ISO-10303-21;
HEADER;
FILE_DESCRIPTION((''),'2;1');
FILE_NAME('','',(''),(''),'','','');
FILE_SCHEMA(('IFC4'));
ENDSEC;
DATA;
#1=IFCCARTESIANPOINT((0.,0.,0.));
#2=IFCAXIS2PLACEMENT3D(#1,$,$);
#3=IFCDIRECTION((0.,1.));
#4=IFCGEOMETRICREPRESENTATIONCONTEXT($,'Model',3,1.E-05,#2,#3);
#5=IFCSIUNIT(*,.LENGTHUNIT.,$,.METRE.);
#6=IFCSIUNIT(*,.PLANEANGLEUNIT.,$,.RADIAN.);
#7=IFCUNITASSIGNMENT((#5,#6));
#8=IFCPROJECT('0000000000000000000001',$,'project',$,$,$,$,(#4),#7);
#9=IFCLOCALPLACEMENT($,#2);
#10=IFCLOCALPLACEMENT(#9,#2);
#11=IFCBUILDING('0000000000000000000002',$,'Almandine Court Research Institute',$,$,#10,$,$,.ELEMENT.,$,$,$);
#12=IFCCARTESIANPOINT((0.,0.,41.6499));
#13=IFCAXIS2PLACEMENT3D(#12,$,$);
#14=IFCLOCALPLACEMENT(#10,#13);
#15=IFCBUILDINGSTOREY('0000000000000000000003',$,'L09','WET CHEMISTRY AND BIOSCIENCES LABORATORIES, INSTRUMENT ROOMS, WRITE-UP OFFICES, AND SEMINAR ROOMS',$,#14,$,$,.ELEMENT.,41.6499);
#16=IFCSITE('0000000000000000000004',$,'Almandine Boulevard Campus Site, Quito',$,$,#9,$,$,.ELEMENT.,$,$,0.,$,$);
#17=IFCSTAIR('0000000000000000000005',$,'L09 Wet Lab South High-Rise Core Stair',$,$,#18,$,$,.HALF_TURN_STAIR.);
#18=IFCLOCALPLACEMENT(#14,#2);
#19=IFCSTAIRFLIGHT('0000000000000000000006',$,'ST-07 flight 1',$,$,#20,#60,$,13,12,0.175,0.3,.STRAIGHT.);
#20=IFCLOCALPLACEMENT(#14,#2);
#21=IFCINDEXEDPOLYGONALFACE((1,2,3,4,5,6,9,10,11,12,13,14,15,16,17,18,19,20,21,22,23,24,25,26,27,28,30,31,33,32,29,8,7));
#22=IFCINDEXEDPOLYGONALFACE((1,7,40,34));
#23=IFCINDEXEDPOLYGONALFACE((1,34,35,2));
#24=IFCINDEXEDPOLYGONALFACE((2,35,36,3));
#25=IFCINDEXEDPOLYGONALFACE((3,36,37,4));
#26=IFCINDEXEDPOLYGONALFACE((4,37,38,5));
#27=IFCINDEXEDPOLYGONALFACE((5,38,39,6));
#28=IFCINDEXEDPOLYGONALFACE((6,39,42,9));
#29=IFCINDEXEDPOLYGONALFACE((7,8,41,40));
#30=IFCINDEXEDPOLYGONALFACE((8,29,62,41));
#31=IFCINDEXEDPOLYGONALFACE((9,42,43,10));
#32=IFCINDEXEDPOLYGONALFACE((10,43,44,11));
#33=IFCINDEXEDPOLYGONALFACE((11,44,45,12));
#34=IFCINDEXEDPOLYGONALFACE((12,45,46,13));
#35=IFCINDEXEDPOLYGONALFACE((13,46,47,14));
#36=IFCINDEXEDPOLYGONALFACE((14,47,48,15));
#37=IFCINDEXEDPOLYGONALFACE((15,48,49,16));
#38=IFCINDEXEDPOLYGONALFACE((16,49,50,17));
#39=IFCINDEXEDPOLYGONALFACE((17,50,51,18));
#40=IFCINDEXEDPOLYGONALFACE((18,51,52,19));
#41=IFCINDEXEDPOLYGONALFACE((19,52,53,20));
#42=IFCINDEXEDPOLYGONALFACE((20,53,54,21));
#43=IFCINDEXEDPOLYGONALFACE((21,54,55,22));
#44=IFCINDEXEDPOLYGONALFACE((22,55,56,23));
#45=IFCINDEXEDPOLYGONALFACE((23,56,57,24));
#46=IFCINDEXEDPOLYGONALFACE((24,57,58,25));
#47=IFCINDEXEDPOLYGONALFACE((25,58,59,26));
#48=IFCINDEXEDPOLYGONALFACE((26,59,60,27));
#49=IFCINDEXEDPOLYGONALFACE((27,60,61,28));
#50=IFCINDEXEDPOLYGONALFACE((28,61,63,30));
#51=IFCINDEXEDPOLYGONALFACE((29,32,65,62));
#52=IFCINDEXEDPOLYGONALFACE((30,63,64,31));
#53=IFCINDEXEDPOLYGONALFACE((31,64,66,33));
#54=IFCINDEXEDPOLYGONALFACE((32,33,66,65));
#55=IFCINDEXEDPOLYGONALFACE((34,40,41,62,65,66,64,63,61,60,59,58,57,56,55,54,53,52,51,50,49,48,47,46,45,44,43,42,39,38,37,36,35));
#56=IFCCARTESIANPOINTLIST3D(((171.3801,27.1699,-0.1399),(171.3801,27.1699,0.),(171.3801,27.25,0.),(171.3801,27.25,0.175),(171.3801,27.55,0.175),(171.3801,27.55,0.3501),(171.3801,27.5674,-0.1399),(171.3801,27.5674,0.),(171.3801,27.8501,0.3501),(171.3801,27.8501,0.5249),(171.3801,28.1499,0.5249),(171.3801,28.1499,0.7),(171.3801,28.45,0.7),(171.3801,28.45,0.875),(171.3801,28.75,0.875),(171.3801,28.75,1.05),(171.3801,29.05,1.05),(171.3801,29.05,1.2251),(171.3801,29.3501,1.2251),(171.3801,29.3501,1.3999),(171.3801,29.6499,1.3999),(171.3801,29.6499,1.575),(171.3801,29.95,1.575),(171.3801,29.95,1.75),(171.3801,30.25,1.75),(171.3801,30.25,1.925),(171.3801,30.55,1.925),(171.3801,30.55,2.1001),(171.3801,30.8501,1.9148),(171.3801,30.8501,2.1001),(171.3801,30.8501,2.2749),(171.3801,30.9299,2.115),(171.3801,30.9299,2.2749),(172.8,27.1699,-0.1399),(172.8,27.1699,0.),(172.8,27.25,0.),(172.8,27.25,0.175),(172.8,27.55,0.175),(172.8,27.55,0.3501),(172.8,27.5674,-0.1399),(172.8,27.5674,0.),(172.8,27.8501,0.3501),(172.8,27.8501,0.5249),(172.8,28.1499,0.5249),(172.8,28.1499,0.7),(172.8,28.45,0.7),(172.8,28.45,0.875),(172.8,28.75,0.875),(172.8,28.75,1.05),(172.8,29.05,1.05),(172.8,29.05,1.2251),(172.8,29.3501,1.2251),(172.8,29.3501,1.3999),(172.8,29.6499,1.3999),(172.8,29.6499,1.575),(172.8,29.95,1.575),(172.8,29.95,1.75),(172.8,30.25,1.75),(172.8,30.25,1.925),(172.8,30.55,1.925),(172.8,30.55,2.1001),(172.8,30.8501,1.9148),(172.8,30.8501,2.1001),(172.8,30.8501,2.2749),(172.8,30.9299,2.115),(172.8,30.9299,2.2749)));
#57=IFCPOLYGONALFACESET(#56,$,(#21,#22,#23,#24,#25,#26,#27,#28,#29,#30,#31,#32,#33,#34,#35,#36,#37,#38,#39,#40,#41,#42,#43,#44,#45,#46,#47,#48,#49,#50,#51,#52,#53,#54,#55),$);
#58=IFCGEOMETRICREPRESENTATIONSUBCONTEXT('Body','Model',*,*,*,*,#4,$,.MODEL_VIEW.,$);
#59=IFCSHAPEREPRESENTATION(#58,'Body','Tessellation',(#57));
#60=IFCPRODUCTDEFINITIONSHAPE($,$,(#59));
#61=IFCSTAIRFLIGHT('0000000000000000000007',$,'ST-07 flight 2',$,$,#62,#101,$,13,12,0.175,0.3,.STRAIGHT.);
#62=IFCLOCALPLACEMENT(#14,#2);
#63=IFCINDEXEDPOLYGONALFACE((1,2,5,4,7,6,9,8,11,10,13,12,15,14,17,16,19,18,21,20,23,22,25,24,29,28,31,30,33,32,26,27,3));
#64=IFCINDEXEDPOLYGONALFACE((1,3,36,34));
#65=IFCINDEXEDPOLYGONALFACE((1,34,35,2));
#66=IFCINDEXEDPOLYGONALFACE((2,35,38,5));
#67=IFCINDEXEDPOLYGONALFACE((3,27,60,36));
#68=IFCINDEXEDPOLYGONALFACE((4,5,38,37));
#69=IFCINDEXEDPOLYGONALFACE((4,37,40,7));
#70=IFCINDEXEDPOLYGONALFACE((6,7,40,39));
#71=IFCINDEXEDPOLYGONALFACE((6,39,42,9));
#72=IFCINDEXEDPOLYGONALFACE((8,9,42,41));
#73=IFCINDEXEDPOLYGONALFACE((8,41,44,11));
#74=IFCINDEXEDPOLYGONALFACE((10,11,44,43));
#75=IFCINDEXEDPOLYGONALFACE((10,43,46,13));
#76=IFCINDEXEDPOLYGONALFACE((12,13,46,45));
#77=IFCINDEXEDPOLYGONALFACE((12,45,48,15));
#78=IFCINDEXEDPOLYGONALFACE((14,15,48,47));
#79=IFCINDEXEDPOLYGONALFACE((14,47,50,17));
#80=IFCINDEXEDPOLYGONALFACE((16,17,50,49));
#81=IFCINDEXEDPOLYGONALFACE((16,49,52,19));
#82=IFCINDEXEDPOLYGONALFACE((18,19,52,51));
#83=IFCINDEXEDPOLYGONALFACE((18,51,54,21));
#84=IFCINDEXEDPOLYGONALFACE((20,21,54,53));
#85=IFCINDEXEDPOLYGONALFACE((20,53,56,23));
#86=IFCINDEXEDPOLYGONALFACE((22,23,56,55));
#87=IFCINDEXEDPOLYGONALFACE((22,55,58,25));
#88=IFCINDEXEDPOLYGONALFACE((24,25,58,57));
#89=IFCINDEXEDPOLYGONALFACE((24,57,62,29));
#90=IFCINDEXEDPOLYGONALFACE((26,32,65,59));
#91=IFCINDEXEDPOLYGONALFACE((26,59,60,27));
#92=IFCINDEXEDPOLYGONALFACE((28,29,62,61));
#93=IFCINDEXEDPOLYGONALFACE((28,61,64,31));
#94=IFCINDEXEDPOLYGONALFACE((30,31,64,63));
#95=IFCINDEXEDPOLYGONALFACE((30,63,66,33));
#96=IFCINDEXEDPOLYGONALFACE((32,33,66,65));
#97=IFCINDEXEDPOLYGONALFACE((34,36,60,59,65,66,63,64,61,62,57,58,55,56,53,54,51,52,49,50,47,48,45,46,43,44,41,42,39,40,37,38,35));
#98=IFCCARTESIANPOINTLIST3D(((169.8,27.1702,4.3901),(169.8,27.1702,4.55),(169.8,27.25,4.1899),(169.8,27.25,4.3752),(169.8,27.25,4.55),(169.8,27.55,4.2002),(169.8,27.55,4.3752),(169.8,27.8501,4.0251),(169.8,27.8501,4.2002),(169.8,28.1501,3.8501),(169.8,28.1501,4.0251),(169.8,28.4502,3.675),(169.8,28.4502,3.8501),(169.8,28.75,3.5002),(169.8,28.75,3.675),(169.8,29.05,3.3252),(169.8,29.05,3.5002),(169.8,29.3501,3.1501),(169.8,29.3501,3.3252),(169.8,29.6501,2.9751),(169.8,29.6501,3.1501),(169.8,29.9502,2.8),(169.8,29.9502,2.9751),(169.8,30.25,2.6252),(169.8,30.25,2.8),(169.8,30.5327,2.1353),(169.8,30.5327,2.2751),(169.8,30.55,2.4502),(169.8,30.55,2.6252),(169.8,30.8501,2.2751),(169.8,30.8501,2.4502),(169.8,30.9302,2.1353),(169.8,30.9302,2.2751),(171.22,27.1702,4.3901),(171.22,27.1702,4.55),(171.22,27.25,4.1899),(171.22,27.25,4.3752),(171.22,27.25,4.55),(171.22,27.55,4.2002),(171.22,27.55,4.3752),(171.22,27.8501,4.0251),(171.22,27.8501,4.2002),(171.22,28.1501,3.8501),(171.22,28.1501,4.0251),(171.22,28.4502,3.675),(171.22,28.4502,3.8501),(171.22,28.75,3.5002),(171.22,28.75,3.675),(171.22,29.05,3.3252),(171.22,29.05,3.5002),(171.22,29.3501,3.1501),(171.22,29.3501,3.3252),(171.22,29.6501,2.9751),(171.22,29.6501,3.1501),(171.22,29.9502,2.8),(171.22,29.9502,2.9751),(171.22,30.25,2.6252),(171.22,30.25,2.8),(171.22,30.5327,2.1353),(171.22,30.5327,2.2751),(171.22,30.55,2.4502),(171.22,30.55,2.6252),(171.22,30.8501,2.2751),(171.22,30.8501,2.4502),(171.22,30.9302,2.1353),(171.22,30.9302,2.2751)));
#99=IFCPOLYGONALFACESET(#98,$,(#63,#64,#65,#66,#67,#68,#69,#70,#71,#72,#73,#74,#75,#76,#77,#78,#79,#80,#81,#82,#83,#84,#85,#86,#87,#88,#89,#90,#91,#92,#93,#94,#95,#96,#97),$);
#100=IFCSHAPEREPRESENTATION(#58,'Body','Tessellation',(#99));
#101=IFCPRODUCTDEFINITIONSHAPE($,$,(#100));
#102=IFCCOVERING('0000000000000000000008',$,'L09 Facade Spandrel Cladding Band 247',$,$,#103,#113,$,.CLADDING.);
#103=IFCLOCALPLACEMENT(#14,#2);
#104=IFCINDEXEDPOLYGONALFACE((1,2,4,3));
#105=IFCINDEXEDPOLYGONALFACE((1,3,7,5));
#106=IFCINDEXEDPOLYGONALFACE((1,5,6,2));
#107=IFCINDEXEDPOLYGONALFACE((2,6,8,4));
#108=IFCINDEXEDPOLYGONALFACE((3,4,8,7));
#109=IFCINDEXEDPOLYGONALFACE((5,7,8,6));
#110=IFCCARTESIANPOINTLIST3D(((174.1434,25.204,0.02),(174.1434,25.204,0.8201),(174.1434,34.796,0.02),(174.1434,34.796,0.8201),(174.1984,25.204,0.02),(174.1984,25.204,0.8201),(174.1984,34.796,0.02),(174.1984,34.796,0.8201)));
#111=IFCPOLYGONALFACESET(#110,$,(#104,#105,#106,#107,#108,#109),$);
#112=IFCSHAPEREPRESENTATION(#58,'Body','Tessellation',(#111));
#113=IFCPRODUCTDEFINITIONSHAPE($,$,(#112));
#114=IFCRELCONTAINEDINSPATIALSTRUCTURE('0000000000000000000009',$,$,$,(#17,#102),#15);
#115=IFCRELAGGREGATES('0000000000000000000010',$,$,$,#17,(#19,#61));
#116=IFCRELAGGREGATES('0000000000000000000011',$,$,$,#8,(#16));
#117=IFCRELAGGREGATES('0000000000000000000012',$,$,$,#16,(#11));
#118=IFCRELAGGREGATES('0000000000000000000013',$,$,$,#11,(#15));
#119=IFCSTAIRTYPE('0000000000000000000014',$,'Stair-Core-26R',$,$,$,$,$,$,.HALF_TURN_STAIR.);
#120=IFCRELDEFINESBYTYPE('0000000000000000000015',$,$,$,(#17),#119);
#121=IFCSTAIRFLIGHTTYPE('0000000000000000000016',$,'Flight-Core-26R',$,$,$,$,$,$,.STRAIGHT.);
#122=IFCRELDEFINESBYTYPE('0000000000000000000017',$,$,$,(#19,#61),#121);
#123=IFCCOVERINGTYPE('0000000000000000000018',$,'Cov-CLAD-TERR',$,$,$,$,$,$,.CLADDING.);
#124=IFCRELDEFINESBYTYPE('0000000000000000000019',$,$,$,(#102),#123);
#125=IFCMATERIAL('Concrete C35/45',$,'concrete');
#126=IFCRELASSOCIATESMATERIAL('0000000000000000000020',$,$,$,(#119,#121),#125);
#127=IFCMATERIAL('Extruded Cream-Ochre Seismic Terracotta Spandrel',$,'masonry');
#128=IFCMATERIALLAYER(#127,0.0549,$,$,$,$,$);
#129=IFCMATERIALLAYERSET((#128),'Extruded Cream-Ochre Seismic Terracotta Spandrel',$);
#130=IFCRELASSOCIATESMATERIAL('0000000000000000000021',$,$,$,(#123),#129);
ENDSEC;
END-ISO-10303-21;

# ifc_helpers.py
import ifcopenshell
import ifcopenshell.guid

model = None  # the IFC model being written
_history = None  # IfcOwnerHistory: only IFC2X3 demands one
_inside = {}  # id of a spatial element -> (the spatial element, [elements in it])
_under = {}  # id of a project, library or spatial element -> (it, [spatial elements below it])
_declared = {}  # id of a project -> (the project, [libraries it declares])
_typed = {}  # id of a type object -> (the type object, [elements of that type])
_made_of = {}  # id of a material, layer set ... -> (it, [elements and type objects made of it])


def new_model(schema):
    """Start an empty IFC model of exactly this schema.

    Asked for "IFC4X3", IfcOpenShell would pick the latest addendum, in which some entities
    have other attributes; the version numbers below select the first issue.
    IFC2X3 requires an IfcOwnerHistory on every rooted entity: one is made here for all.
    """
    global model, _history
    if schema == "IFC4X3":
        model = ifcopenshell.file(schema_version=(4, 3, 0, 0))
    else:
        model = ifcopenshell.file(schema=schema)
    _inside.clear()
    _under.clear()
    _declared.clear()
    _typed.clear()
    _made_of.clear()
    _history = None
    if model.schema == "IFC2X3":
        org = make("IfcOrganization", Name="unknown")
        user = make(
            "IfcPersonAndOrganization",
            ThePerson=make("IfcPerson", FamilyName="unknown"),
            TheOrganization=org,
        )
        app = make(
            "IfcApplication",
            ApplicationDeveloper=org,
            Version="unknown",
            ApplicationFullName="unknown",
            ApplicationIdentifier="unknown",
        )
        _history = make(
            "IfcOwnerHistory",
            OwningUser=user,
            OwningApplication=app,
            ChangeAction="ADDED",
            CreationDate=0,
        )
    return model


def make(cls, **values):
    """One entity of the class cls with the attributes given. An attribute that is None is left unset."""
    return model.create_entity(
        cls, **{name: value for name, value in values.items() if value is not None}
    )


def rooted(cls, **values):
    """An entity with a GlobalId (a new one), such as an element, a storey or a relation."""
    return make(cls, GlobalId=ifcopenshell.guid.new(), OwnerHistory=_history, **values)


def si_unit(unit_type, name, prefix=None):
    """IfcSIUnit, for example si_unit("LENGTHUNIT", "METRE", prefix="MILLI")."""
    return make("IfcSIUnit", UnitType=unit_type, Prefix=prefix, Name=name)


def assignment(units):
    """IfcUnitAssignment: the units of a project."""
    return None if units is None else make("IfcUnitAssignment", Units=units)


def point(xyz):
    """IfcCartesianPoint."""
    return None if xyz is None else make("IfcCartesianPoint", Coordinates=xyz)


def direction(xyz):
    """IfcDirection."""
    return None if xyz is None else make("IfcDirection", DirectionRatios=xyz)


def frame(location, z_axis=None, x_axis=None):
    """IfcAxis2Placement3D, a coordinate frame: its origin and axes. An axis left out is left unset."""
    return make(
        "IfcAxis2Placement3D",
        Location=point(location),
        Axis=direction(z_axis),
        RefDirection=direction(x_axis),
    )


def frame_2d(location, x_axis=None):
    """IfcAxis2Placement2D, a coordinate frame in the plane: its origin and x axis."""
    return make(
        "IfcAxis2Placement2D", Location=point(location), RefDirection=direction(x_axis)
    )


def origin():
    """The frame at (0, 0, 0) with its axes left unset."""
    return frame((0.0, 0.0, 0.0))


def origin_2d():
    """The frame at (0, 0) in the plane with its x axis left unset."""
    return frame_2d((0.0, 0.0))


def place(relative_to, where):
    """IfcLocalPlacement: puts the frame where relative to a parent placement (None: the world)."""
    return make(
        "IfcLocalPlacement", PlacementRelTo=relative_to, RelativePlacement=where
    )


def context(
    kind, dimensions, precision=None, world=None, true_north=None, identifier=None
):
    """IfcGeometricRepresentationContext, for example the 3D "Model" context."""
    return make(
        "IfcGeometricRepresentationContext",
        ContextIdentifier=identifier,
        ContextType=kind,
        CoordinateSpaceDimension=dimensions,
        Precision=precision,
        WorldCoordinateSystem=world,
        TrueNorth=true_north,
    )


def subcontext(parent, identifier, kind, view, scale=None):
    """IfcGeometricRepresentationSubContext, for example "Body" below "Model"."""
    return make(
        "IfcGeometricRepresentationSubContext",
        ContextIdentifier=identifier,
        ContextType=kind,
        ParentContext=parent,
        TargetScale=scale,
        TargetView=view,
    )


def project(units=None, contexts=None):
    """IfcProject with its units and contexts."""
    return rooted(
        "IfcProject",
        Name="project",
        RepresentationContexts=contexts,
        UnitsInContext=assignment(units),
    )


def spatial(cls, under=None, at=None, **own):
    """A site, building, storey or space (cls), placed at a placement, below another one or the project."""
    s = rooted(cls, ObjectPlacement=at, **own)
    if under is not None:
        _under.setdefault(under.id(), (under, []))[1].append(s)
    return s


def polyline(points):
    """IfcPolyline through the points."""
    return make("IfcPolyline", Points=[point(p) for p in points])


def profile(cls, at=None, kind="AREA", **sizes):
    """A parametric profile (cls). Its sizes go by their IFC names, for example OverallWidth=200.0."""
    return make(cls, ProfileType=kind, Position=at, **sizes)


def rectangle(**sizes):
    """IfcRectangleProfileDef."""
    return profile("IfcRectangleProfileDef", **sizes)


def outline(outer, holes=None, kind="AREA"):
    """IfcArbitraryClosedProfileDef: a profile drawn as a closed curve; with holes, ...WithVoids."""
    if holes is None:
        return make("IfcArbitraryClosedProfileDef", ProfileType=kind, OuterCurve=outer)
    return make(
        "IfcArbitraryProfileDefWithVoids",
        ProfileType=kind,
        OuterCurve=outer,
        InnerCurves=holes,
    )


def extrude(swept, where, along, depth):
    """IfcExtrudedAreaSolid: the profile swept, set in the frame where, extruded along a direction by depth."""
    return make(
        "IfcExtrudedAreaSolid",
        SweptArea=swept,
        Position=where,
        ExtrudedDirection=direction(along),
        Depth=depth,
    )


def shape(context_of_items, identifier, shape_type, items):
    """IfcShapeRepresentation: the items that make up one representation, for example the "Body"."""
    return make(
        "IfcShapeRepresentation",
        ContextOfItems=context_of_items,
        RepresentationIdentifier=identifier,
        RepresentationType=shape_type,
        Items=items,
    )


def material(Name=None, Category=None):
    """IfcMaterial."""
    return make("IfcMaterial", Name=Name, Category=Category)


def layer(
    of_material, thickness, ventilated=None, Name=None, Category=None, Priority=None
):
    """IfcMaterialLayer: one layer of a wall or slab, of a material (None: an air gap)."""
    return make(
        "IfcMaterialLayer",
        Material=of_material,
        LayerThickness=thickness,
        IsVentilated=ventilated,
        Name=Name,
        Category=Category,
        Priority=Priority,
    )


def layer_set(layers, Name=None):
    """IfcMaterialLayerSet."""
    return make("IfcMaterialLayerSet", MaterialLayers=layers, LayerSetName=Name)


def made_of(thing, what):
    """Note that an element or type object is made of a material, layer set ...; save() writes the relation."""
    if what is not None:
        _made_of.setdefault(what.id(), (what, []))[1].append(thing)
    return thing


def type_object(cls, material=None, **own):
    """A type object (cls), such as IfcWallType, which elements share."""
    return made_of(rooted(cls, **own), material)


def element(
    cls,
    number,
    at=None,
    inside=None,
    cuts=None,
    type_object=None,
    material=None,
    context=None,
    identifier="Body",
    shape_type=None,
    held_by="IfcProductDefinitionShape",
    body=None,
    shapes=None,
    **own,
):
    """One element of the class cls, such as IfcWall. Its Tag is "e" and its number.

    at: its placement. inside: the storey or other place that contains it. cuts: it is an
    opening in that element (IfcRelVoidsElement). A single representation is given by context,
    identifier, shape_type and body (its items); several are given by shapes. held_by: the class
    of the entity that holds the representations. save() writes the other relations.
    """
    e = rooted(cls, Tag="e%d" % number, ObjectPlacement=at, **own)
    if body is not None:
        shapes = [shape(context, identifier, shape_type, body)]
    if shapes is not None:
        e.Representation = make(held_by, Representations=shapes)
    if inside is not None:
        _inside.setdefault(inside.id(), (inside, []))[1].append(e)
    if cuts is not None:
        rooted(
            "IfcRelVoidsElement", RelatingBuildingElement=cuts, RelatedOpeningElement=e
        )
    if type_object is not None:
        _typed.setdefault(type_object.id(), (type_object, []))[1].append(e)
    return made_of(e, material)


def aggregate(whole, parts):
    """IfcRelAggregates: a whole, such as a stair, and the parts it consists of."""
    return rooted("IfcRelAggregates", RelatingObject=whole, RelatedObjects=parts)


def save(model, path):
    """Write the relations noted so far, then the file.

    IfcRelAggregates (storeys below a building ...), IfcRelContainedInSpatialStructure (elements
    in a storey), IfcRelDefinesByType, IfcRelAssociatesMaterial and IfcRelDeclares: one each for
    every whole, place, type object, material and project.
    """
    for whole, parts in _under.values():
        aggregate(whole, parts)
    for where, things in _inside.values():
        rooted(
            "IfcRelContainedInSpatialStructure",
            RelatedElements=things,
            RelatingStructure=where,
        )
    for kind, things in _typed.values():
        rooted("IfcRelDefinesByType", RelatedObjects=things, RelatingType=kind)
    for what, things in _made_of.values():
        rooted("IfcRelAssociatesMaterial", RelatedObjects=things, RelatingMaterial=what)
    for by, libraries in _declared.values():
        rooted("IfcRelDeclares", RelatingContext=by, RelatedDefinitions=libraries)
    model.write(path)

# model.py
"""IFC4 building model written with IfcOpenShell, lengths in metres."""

from ifc_helpers import new_model, si_unit, direction, frame, origin, origin_2d, place, context, subcontext, project, spatial, polyline, rectangle, outline, extrude, material, layer, layer_set, type_object, element, aggregate, save


model = new_model("IFC4")

# Units and contexts
model_context = context("Model", 3, precision=1e-05, world=origin(), true_north=direction((0.0, 1.0)))
body_context = subcontext(model_context, "Body", "Model", "MODEL_VIEW")
ifc_project = project(units=[si_unit("LENGTHUNIT", "METRE"), si_unit("PLANEANGLEUNIT", "RADIAN")], contexts=[model_context])

# Site, building, storey
site_placement = place(None, origin())
site = spatial("IfcSite", under=ifc_project, at=site_placement, Name="Almandine Boulevard Campus Site, Quito", CompositionType="ELEMENT", RefElevation=0.0)
building_placement = place(site_placement, origin())
building = spatial("IfcBuilding", under=site, at=building_placement, Name="Almandine Court Research Institute", CompositionType="ELEMENT")
storey_placement = place(building_placement, frame((0.0, 0.0, 41.6499)))
storey = spatial("IfcBuildingStorey", under=building, at=storey_placement, Name="L09", Description="WET CHEMISTRY AND BIOSCIENCES LABORATORIES, INSTRUMENT ROOMS, WRITE-UP OFFICES, AND SEMINAR ROOMS", CompositionType="ELEMENT", Elevation=41.6499)

# Stair, stair flights
ifc_material_1 = material(Name="Concrete C35/45", Category="concrete")
stair_type = type_object("IfcStairType", Name="Stair-Core-26R", PredefinedType="HALF_TURN_STAIR", material=ifc_material_1)
stair_placement = place(storey_placement, origin())
stair = element("IfcStair", 1, at=stair_placement, inside=storey, type_object=stair_type, Name="L09 Wet Lab South High-Rise Core Stair", PredefinedType="HALF_TURN_STAIR")
stair_flight_type = type_object("IfcStairFlightType", Name="Flight-Core-26R", PredefinedType="STRAIGHT", material=ifc_material_1)
stair_flight_1_placement = place(storey_placement, frame((172.0901, 27.25, 0.0), z_axis=(0.0, 0.0, 1.0), x_axis=(0.0, 1.0, 0.0)))
stair_flight_1 = element("IfcStairFlight", 2, at=stair_flight_1_placement, type_object=stair_flight_type, Name="ST-07 flight 1", NumberOfRisers=13, NumberOfTreads=12, PredefinedType="STRAIGHT", RiserHeight=0.175, TreadLength=0.3, context=body_context, shape_type="SweptSolid", body=[
    extrude(outline(polyline([(-0.0801, -0.1399), (-0.0801, 0.0), (0.0, 0.0), (0.0, 0.175), (0.3, 0.175), (0.3, 0.3501), (0.6001, 0.3501), (0.6001, 0.5249), (0.8999, 0.5249), (0.8999, 0.7), (1.2, 0.7), (1.2, 0.875), (1.5, 0.875), (1.5, 1.05), (1.8, 1.05), (1.8, 1.2251), (2.1001, 1.2251), (2.1001, 1.3999), (2.3999, 1.3999), (2.3999, 1.575), (2.7, 1.575), (2.7, 1.75), (3.0, 1.75), (3.0, 1.925), (3.3, 1.925), (3.3, 2.1001), (3.6001, 2.1001), (3.6001, 2.2749), (3.6799, 2.2749), (3.6799, 2.115), (3.6001, 1.9148), (0.3174, 0.0), (0.3174, -0.1399), (-0.0801, -0.1399)])), frame((0.0, 0.71, 0.0), z_axis=(0.0, -1.0, 0.0), x_axis=(1.0, 0.0, 0.0)), (0.0, 0.0, 1.0), 1.4199),
])
stair_flight_2_placement = place(storey_placement, frame((170.51, 30.8501, 2.2751), z_axis=(0.0, 0.0, 1.0), x_axis=(0.0, -1.0, 0.0)))
stair_flight_2 = element("IfcStairFlight", 3, at=stair_flight_2_placement, type_object=stair_flight_type, Name="ST-07 flight 2", NumberOfRisers=13, NumberOfTreads=12, PredefinedType="STRAIGHT", RiserHeight=0.175, TreadLength=0.3, context=body_context, shape_type="SweptSolid", body=[
    extrude(outline(polyline([(-0.0801, -0.1399), (-0.0801, 0.0), (0.0, 0.0), (0.0, 0.175), (0.3, 0.175), (0.3, 0.3501), (0.6001, 0.3501), (0.6001, 0.5249), (0.8999, 0.5249), (0.8999, 0.7), (1.2, 0.7), (1.2, 0.875), (1.5, 0.875), (1.5, 1.05), (1.8, 1.05), (1.8, 1.2251), (2.1001, 1.2251), (2.1001, 1.3999), (2.3999, 1.3999), (2.3999, 1.575), (2.7, 1.575), (2.7, 1.75), (3.0, 1.75), (3.0, 1.925), (3.3, 1.925), (3.3, 2.1001), (3.6001, 2.1001), (3.6001, 2.2749), (3.6799, 2.2749), (3.6799, 2.115), (3.6001, 1.9148), (0.3174, 0.0), (0.3174, -0.1399), (-0.0801, -0.1399)])), frame((0.0, 0.71, 0.0), z_axis=(0.0, -1.0, 0.0), x_axis=(1.0, 0.0, 0.0)), (0.0, 0.0, 1.0), 1.4199),
])
aggregate(stair, [stair_flight_1, stair_flight_2])

# Covering
ifc_material_2 = material(Name="Extruded Cream-Ochre Seismic Terracotta Spandrel", Category="masonry")
ifc_layer_1 = layer(ifc_material_2, 0.0549)
ifc_layer_set_1 = layer_set([ifc_layer_1], Name="Extruded Cream-Ochre Seismic Terracotta Spandrel")
covering_type = type_object("IfcCoveringType", Name="Cov-CLAD-TERR", PredefinedType="CLADDING", material=ifc_layer_set_1)
covering_placement = place(storey_placement, frame((174.1709, 30.0, 0.02), z_axis=(0.0, 0.0, 1.0), x_axis=(0.0, -1.0, 0.0)))
element("IfcCovering", 4, at=covering_placement, inside=storey, type_object=covering_type, Name="L09 Facade Spandrel Cladding Band 247", PredefinedType="CLADDING", context=body_context, shape_type="SweptSolid", body=[
    extrude(rectangle(XDim=9.592, YDim=0.0549, at=origin_2d()), origin(), (0.0, 0.0, 1.0), 0.8),
])

save(model, "model.ifc")
